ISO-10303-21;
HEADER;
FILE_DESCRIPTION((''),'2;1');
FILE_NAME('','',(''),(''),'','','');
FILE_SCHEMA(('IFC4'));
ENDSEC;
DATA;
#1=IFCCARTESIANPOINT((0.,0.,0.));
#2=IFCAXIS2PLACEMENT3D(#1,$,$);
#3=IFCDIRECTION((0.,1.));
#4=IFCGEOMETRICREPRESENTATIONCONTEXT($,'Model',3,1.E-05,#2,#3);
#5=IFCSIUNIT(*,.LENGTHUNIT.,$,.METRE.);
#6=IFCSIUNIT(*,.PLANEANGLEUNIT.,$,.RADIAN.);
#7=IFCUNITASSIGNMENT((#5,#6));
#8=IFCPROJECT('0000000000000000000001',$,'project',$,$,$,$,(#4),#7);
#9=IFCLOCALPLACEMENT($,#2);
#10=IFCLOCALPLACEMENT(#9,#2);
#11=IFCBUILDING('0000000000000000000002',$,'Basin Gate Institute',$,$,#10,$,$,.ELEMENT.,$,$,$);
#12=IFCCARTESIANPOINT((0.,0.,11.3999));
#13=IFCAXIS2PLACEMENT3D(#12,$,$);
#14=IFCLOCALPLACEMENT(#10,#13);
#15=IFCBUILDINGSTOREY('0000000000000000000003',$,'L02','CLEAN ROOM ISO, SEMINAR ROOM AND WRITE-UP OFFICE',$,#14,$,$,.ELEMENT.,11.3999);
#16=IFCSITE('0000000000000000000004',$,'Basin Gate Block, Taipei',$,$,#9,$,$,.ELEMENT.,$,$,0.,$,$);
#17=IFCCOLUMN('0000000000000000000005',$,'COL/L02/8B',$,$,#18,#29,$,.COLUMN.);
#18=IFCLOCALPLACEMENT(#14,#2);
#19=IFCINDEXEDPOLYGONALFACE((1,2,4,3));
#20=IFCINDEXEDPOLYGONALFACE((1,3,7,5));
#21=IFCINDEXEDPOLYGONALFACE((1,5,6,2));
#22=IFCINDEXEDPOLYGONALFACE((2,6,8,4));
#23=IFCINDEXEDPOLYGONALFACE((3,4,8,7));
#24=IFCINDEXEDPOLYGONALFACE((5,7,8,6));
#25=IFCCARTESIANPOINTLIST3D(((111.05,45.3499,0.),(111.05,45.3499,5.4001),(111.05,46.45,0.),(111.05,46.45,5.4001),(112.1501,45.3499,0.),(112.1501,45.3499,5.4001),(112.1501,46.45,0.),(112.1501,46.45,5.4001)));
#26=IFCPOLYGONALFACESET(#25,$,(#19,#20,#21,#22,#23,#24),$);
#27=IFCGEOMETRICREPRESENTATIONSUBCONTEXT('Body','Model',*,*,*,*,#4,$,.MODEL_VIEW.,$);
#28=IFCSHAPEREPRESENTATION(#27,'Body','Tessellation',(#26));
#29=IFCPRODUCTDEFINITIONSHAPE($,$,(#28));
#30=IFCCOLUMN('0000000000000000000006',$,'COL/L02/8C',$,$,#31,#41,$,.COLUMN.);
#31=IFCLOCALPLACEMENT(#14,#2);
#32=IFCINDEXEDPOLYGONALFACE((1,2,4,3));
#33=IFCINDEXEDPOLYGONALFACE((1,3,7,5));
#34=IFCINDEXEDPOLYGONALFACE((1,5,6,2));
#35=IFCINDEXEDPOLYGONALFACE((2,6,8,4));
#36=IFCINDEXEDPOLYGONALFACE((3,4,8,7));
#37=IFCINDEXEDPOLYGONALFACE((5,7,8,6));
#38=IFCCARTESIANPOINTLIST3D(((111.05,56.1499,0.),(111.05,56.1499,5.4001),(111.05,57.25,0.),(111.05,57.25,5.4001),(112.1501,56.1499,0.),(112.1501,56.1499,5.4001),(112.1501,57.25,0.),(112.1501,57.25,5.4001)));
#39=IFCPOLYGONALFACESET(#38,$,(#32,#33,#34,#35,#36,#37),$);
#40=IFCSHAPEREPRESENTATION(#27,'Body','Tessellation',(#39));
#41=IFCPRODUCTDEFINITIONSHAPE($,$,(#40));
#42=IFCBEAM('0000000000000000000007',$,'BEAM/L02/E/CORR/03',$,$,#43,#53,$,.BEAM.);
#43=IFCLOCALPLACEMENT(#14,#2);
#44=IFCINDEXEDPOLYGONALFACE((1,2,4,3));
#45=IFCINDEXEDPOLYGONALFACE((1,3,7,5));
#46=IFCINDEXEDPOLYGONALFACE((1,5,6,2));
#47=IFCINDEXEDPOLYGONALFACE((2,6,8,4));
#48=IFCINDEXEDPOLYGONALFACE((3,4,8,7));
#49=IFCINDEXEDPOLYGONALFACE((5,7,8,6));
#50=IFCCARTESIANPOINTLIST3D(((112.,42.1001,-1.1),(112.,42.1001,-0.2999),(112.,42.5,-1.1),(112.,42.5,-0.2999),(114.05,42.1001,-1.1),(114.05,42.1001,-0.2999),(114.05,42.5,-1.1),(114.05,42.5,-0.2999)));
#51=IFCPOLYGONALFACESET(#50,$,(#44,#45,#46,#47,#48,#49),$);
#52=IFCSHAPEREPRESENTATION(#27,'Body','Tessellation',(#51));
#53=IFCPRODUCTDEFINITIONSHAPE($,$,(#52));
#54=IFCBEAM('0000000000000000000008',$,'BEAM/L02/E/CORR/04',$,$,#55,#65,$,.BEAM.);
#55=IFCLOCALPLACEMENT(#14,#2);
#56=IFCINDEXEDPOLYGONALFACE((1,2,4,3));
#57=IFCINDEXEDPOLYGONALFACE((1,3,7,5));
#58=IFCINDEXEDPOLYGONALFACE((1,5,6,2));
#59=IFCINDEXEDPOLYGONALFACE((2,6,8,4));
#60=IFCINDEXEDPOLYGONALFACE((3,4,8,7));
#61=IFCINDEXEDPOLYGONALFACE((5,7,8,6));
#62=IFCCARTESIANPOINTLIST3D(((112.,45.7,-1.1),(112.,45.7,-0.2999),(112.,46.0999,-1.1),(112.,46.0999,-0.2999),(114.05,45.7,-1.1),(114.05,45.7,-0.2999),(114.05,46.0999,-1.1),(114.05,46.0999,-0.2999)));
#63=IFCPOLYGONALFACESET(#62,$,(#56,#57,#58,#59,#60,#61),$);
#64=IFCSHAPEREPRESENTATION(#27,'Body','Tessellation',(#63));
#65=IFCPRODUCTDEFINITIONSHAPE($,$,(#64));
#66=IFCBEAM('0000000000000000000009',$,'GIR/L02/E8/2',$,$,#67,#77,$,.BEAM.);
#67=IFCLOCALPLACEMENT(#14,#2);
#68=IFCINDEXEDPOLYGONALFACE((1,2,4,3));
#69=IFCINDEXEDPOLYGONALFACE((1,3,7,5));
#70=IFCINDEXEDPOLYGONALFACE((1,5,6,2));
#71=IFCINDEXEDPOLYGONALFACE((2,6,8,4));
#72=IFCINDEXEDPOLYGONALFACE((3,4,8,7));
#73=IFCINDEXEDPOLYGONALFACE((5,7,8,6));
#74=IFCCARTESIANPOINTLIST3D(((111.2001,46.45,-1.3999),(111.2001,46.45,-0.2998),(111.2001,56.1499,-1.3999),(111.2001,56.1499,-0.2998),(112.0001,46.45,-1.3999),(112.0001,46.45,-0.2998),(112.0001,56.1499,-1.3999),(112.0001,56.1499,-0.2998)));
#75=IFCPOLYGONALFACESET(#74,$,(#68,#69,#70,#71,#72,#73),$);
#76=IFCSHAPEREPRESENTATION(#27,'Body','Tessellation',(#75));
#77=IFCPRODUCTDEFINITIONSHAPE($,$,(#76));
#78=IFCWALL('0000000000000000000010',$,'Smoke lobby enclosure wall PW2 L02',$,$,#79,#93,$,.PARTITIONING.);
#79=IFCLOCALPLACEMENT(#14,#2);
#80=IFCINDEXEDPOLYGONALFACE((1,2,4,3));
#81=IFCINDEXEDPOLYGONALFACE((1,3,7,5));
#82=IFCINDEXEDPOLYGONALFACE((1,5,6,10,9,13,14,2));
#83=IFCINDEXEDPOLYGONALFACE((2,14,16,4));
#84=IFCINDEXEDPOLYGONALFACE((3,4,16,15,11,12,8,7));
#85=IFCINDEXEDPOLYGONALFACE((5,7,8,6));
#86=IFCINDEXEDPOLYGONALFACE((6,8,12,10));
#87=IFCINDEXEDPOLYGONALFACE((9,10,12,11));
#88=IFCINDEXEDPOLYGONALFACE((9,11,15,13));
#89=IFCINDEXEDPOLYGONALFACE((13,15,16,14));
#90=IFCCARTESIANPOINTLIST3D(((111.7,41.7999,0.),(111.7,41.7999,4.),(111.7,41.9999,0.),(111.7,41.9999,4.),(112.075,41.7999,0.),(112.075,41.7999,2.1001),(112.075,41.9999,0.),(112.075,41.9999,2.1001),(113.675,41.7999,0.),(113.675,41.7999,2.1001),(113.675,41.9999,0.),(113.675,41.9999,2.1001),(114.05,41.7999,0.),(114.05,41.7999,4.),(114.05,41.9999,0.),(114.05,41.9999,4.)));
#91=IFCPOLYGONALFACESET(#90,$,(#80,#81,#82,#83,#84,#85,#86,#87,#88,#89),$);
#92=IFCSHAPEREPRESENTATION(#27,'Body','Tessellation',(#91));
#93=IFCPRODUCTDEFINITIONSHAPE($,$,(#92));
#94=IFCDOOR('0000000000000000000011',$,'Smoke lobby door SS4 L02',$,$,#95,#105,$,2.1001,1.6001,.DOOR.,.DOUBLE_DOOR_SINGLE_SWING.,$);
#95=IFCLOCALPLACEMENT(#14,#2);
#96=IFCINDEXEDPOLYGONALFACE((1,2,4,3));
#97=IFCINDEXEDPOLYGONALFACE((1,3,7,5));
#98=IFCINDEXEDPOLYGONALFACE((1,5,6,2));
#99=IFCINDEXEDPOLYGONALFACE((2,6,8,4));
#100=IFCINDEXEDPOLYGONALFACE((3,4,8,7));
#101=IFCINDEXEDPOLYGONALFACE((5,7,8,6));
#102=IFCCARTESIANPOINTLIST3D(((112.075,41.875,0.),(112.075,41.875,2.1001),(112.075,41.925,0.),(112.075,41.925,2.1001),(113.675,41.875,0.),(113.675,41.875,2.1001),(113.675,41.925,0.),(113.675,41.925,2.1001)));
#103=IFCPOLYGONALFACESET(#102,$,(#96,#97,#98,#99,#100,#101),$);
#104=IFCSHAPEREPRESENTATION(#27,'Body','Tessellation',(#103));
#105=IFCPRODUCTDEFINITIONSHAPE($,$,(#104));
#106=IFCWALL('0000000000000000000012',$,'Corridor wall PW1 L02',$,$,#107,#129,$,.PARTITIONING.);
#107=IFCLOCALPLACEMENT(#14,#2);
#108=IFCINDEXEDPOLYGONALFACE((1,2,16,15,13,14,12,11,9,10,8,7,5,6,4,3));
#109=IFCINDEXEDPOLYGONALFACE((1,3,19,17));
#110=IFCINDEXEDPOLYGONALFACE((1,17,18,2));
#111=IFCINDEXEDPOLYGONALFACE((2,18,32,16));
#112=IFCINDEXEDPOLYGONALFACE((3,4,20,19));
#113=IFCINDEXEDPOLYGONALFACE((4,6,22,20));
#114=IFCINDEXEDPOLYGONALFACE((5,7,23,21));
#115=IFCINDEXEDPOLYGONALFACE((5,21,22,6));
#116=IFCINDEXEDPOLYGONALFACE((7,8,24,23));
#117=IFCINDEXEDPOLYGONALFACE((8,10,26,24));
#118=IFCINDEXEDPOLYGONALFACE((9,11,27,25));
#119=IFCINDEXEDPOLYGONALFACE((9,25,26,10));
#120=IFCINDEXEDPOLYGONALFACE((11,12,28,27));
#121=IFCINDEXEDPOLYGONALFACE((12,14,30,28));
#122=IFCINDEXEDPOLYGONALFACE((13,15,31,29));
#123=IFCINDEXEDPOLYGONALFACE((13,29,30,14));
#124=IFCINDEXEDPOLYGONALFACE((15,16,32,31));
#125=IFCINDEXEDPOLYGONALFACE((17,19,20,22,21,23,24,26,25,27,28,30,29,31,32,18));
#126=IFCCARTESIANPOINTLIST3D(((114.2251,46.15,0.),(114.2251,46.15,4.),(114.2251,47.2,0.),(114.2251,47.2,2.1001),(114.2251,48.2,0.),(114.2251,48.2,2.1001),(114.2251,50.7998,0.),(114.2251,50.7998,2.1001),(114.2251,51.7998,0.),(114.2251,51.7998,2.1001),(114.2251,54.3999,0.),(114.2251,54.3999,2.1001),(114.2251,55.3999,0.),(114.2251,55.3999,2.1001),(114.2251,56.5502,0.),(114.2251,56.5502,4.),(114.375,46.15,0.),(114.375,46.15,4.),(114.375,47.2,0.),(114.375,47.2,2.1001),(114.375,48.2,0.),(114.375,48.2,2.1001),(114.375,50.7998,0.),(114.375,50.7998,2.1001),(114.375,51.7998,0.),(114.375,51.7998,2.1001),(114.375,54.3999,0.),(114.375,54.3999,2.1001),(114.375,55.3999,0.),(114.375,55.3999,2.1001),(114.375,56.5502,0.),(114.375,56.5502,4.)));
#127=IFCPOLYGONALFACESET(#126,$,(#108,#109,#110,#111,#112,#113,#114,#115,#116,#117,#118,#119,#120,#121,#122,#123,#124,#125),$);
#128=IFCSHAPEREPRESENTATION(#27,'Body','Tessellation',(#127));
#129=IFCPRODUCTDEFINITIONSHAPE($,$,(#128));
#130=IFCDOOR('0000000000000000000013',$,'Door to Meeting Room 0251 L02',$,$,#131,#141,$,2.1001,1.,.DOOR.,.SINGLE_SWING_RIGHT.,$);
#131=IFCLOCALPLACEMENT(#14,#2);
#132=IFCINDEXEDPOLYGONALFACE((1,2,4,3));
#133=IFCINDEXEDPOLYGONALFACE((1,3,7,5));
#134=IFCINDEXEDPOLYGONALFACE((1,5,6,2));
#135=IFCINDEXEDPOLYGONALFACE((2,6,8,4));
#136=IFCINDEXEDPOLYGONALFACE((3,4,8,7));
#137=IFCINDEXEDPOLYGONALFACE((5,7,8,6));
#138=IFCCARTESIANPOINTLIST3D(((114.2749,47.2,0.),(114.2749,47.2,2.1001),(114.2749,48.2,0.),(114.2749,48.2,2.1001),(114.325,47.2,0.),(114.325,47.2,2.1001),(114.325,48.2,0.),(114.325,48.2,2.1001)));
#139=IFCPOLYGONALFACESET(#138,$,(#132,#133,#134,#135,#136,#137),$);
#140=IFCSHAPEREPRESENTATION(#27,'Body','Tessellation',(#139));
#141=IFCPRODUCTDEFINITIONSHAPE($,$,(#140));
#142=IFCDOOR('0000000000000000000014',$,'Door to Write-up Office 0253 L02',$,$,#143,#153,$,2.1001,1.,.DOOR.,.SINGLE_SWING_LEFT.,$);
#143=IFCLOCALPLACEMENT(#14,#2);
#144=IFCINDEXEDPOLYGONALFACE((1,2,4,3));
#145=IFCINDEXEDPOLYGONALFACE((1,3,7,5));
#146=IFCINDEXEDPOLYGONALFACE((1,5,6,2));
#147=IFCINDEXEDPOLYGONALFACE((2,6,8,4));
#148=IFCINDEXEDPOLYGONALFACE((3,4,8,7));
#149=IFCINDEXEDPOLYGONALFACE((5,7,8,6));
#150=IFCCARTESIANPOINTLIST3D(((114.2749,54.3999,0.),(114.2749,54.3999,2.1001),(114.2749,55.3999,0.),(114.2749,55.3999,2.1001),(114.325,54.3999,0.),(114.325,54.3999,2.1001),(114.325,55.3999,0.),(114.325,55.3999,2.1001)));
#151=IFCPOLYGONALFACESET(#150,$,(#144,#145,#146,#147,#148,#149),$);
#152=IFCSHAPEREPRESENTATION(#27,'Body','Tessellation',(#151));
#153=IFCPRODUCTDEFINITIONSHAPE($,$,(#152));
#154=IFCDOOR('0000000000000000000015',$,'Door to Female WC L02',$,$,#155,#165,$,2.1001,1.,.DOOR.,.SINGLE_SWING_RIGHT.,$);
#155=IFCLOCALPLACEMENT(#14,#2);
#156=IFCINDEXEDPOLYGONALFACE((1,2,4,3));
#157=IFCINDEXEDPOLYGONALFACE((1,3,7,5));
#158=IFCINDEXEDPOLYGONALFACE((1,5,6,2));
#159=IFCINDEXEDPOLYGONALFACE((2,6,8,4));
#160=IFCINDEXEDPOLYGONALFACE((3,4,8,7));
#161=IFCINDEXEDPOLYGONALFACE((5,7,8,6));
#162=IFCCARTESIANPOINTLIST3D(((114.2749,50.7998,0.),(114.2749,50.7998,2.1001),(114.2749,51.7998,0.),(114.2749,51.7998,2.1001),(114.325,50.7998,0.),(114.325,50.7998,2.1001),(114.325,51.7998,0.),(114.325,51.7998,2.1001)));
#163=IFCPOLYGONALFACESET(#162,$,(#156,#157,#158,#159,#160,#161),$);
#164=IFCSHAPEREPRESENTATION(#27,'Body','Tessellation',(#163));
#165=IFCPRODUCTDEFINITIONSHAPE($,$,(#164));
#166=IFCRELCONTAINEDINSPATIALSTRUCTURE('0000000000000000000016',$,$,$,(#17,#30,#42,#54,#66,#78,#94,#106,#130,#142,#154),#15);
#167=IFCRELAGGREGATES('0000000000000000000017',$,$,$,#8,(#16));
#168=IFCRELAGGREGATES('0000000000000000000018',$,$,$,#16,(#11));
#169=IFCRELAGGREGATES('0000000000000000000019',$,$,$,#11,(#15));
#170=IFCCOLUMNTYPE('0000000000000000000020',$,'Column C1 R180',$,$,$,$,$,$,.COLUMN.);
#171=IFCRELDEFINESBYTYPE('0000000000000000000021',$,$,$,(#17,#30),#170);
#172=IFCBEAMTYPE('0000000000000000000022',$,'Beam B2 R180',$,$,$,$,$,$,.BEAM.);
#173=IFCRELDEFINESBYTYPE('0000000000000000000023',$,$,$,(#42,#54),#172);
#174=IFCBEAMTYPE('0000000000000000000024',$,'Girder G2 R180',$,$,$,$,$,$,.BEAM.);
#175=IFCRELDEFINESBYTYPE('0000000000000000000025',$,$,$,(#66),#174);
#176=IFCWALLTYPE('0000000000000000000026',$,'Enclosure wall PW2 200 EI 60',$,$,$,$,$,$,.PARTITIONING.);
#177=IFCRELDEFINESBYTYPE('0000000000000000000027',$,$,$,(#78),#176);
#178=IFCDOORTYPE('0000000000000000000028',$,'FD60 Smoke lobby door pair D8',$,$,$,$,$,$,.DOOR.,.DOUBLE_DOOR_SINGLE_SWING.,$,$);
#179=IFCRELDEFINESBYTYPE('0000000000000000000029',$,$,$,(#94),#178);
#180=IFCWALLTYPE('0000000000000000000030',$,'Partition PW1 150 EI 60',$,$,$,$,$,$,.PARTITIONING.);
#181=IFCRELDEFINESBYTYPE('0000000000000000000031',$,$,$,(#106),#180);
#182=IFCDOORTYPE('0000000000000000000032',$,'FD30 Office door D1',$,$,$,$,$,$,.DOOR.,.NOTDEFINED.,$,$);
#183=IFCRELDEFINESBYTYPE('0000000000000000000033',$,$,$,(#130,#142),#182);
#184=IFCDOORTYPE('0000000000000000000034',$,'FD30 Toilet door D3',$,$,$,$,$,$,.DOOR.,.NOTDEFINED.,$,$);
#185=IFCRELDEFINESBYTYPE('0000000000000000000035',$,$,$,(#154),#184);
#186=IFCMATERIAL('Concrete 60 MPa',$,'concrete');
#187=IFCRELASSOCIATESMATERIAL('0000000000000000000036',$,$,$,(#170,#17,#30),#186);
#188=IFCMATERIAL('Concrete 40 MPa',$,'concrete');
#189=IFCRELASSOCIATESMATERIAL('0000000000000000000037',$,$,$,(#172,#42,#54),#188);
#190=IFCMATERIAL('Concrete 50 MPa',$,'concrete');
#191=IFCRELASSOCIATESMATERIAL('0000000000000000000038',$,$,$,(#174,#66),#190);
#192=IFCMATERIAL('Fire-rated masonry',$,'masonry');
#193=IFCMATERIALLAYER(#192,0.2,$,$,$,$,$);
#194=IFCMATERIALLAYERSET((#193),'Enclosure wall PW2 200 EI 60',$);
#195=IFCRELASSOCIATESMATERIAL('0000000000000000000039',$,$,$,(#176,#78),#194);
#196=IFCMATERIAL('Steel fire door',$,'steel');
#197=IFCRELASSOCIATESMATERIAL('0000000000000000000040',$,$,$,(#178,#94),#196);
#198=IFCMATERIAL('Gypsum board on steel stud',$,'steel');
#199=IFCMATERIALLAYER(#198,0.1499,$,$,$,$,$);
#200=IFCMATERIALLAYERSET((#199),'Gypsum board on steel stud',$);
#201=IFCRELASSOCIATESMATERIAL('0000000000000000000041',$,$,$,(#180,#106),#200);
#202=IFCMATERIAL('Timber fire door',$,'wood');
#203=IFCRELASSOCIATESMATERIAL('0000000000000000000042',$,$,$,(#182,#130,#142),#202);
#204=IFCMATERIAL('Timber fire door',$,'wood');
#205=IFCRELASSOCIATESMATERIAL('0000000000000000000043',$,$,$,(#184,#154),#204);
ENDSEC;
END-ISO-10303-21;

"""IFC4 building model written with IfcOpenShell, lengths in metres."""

from ifc_helpers import new_model, si_unit, direction, frame, frame_2d, origin, origin_2d, place, context, subcontext, project, spatial, rectangle, extrude, material, layer, layer_set, material_profile, profile_set, type_object, element, fill, save


model = new_model("IFC4")

# Units and contexts
model_context = context("Model", 3, precision=1e-05, world=origin(), true_north=direction((0.0, 1.0)))
body_context = subcontext(model_context, "Body", "Model", "MODEL_VIEW")
ifc_project = project(units=[si_unit("LENGTHUNIT", "METRE"), si_unit("PLANEANGLEUNIT", "RADIAN")], contexts=[model_context])

# Site, building, storey
site_placement = place(None, origin())
site = spatial("IfcSite", under=ifc_project, at=site_placement, Name="Basin Gate Block, Taipei", CompositionType="ELEMENT", RefElevation=0.0)
building_placement = place(site_placement, origin())
building = spatial("IfcBuilding", under=site, at=building_placement, Name="Basin Gate Institute", CompositionType="ELEMENT")
storey_placement = place(building_placement, frame((0.0, 0.0, 11.3999)))
storey = spatial("IfcBuildingStorey", under=building, at=storey_placement, Name="L02", Description="CLEAN ROOM ISO, SEMINAR ROOM AND WRITE-UP OFFICE", CompositionType="ELEMENT", Elevation=11.3999)

# Columns
ifc_material_1 = material(Name="Concrete 60 MPa", Category="concrete")
ifc_material_profile_1 = material_profile(ifc_material_1, rectangle(XDim=1.1001, YDim=1.1001, at=origin_2d()), Name="Column C1 1100 x 1100")
ifc_profile_set_1 = profile_set([ifc_material_profile_1], Name="Concrete 60 MPa")
column_type = type_object("IfcColumnType", Name="Column C1 R180", PredefinedType="COLUMN", material=ifc_profile_set_1)
for number, where, z_axis, x_axis, name in (
    (1, (111.6001, 45.8999, 0.0), (0.0, 0.0, 1.0), (1.0, 0.0, 0.0), "COL/L02/8B"),
    (2, (111.6001, 56.7, 0.0), (0.0, 0.0, 1.0), (1.0, 0.0, 0.0), "COL/L02/8C"),
):
    element("IfcColumn", number, at=place(storey_placement, frame(where, z_axis=z_axis, x_axis=x_axis)), inside=storey, type_object=column_type, material=ifc_profile_set_1, Name=name, PredefinedType="COLUMN", context=body_context, shape_type="SweptSolid", body=[
        extrude(rectangle(XDim=1.1001, YDim=1.1001, at=origin_2d()), origin(), (0.0, 0.0, 1.0), 5.4001),
    ])

# Beams
ifc_material_2 = material(Name="Concrete 40 MPa", Category="concrete")
ifc_material_profile_2 = material_profile(ifc_material_2, rectangle(XDim=0.3999, YDim=0.8, at=origin_2d()), Name="Beam B2 400 x 800")
ifc_profile_set_2 = profile_set([ifc_material_profile_2], Name="Concrete 40 MPa")
beam_type_1 = type_object("IfcBeamType", Name="Beam B2 R180", PredefinedType="BEAM", material=ifc_profile_set_2)
for number, where, z_axis, x_axis, name in (
    (3, (114.05, 42.3, -0.7), (-1.0, 0.0, 0.0), (0.0, -1.0, 0.0), "BEAM/L02/E/CORR/03"),
    (4, (114.05, 45.8999, -0.7), (-1.0, 0.0, 0.0), (0.0, -1.0, 0.0), "BEAM/L02/E/CORR/04"),
):
    element("IfcBeam", number, at=place(storey_placement, frame(where, z_axis=z_axis, x_axis=x_axis)), inside=storey, type_object=beam_type_1, material=ifc_profile_set_2, Name=name, PredefinedType="BEAM", context=body_context, shape_type="SweptSolid", body=[
        extrude(rectangle(XDim=0.3999, YDim=0.8, at=origin_2d()), origin(), (0.0, 0.0, 1.0), 2.05),
    ])
ifc_material_3 = material(Name="Concrete 50 MPa", Category="concrete")
ifc_material_profile_3 = material_profile(ifc_material_3, rectangle(XDim=0.8, YDim=1.1001, at=origin_2d()), Name="Girder G2 800 x 1100")
ifc_profile_set_3 = profile_set([ifc_material_profile_3], Name="Concrete 50 MPa")
beam_type_2 = type_object("IfcBeamType", Name="Girder G2 R180", PredefinedType="BEAM", material=ifc_profile_set_3)
beam_placement = place(storey_placement, frame((111.6001, 46.45, -0.8499), z_axis=(0.0, 1.0, 0.0), x_axis=(-1.0, 0.0, 0.0)))
element("IfcBeam", 5, at=beam_placement, inside=storey, type_object=beam_type_2, material=ifc_profile_set_3, Name="GIR/L02/E8/2", PredefinedType="BEAM", context=body_context, shape_type="SweptSolid", body=[
    extrude(rectangle(XDim=0.8, YDim=1.1001, at=origin_2d()), origin(), (0.0, 0.0, 1.0), 9.7),
])

# Wall, opening, door
ifc_material_4 = material(Name="Fire-rated masonry", Category="masonry")
ifc_layer_1 = layer(ifc_material_4, 0.2)
ifc_layer_set_1 = layer_set([ifc_layer_1], Name="Enclosure wall PW2 200 EI 60")
wall_type_1 = type_object("IfcWallType", Name="Enclosure wall PW2 200 EI 60", PredefinedType="PARTITIONING", material=ifc_layer_set_1)
wall_1_placement = place(storey_placement, frame((114.05, 41.8999, 0.0), z_axis=(0.0, 0.0, 1.0), x_axis=(-1.0, 0.0, 0.0)))
wall_1 = element("IfcWall", 6, at=wall_1_placement, inside=storey, type_object=wall_type_1, material=ifc_layer_set_1, Name="Smoke lobby enclosure wall PW2 L02", PredefinedType="PARTITIONING", context=body_context, shape_type="SweptSolid", body=[
    extrude(rectangle(XDim=2.3501, YDim=0.2, at=frame_2d((1.175, 0.0))), origin(), (0.0, 0.0, 1.0), 4.0),
])
opening_1_placement = place(wall_1_placement, frame((0.375, 0.0, 0.0)))
opening_1 = element("IfcOpeningElement", 7, at=opening_1_placement, cuts=wall_1, PredefinedType="OPENING", context=body_context, shape_type="SweptSolid", body=[
    extrude(rectangle(XDim=1.6001, YDim=2.1001, at=frame_2d((0.8, 1.05))), frame((0.0, 0.1099, 0.0), z_axis=(0.0, -1.0, 0.0), x_axis=(1.0, 0.0, 0.0)), (0.0, 0.0, 1.0), 0.22),
])
ifc_material_5 = material(Name="Steel fire door", Category="steel")
door_type_1 = type_object("IfcDoorType", Name="FD60 Smoke lobby door pair D8", OperationType="DOUBLE_DOOR_SINGLE_SWING", PredefinedType="DOOR", material=ifc_material_5)
door_1_placement = place(opening_1_placement, origin())
door_1 = element("IfcDoor", 8, at=door_1_placement, inside=storey, type_object=door_type_1, material=ifc_material_5, Name="Smoke lobby door SS4 L02", OperationType="DOUBLE_DOOR_SINGLE_SWING", OverallHeight=2.1001, OverallWidth=1.6001, PredefinedType="DOOR", context=body_context, shape_type="SweptSolid", body=[
    extrude(rectangle(XDim=1.6001, YDim=2.1001, at=frame_2d((0.8, 1.05))), frame((0.0, 0.0249, 0.0), z_axis=(0.0, -1.0, 0.0), x_axis=(1.0, 0.0, 0.0)), (0.0, 0.0, 1.0), 0.05),
])
fill(opening_1, door_1)

# Wall, openings, doors
ifc_material_6 = material(Name="Gypsum board on steel stud", Category="steel")
ifc_layer_2 = layer(ifc_material_6, 0.1499)
ifc_layer_set_2 = layer_set([ifc_layer_2], Name="Gypsum board on steel stud")
wall_type_2 = type_object("IfcWallType", Name="Partition PW1 150 EI 60", PredefinedType="PARTITIONING", material=ifc_layer_set_2)
wall_2_placement = place(storey_placement, frame((114.3, 46.1499, 0.0), z_axis=(0.0, 0.0, 1.0), x_axis=(0.0, 1.0, 0.0)))
wall_2 = element("IfcWall", 9, at=wall_2_placement, inside=storey, type_object=wall_type_2, material=ifc_layer_set_2, Name="Corridor wall PW1 L02", PredefinedType="PARTITIONING", context=body_context, shape_type="SweptSolid", body=[
    extrude(rectangle(XDim=10.4001, YDim=0.1499, at=frame_2d((5.2002, 0.0))), origin(), (0.0, 0.0, 1.0), 4.0),
])
opening_2_placement = place(wall_2_placement, frame((4.6499, 0.0, 0.0)))
opening_2 = element("IfcOpeningElement", 10, at=opening_2_placement, cuts=wall_2, PredefinedType="OPENING", context=body_context, shape_type="SweptSolid", body=[
    extrude(rectangle(XDim=1.0, YDim=2.1001, at=frame_2d((0.5, 1.05))), frame((0.0, 0.085, 0.0), z_axis=(0.0, -1.0, 0.0), x_axis=(1.0, 0.0, 0.0)), (0.0, 0.0, 1.0), 0.1699),
])
opening_3_placement = place(wall_2_placement, frame((1.05, 0.0, 0.0)))
opening_3 = element("IfcOpeningElement", 11, at=opening_3_placement, cuts=wall_2, PredefinedType="OPENING", context=body_context, shape_type="SweptSolid", body=[
    extrude(rectangle(XDim=1.0, YDim=2.1001, at=frame_2d((0.5, 1.05))), frame((0.0, 0.085, 0.0), z_axis=(0.0, -1.0, 0.0), x_axis=(1.0, 0.0, 0.0)), (0.0, 0.0, 1.0), 0.1699),
])
opening_4_placement = place(wall_2_placement, frame((8.25, 0.0, 0.0)))
opening_4 = element("IfcOpeningElement", 12, at=opening_4_placement, cuts=wall_2, PredefinedType="OPENING", context=body_context, shape_type="SweptSolid", body=[
    extrude(rectangle(XDim=1.0, YDim=2.1001, at=frame_2d((0.5, 1.05))), frame((0.0, 0.085, 0.0), z_axis=(0.0, -1.0, 0.0), x_axis=(1.0, 0.0, 0.0)), (0.0, 0.0, 1.0), 0.1699),
])
ifc_material_7 = material(Name="Timber fire door", Category="wood")
door_type_2 = type_object("IfcDoorType", Name="FD30 Office door D1", OperationType="NOTDEFINED", PredefinedType="DOOR", material=ifc_material_7)
door_2_placement = place(opening_3_placement, frame((1.0, 0.0, 0.0), z_axis=(0.0, 0.0, 1.0), x_axis=(-1.0, 0.0, 0.0)))
door_2 = element("IfcDoor", 13, at=door_2_placement, inside=storey, type_object=door_type_2, material=ifc_material_7, Name="Door to Meeting Room 0251 L02", OperationType="SINGLE_SWING_RIGHT", OverallHeight=2.1001, OverallWidth=1.0, PredefinedType="DOOR", context=body_context, shape_type="SweptSolid", body=[
    extrude(rectangle(XDim=1.0, YDim=2.1001, at=frame_2d((0.5, 1.05))), frame((0.0, 0.0249, 0.0), z_axis=(0.0, -1.0, 0.0), x_axis=(1.0, 0.0, 0.0)), (0.0, 0.0, 1.0), 0.05),
])
fill(opening_3, door_2)
door_3_placement = place(opening_4_placement, frame((1.0, 0.0, 0.0), z_axis=(0.0, 0.0, 1.0), x_axis=(-1.0, 0.0, 0.0)))
door_3 = element("IfcDoor", 14, at=door_3_placement, inside=storey, type_object=door_type_2, material=ifc_material_7, Name="Door to Write-up Office 0253 L02", OperationType="SINGLE_SWING_LEFT", OverallHeight=2.1001, OverallWidth=1.0, PredefinedType="DOOR", context=body_context, shape_type="SweptSolid", body=[
    extrude(rectangle(XDim=1.0, YDim=2.1001, at=frame_2d((0.5, 1.05))), frame((0.0, 0.0249, 0.0), z_axis=(0.0, -1.0, 0.0), x_axis=(1.0, 0.0, 0.0)), (0.0, 0.0, 1.0), 0.05),
])
fill(opening_4, door_3)
ifc_material_8 = material(Name="Timber fire door", Category="wood")
door_type_3 = type_object("IfcDoorType", Name="FD30 Toilet door D3", OperationType="NOTDEFINED", PredefinedType="DOOR", material=ifc_material_8)
door_4_placement = place(opening_2_placement, frame((1.0, 0.0, 0.0), z_axis=(0.0, 0.0, 1.0), x_axis=(-1.0, 0.0, 0.0)))
door_4 = element("IfcDoor", 15, at=door_4_placement, inside=storey, type_object=door_type_3, material=ifc_material_8, Name="Door to Female WC L02", OperationType="SINGLE_SWING_RIGHT", OverallHeight=2.1001, OverallWidth=1.0, PredefinedType="DOOR", context=body_context, shape_type="SweptSolid", body=[
    extrude(rectangle(XDim=1.0, YDim=2.1001, at=frame_2d((0.5, 1.05))), frame((0.0, 0.0249, 0.0), z_axis=(0.0, -1.0, 0.0), x_axis=(1.0, 0.0, 0.0)), (0.0, 0.0, 1.0), 0.05),
])
fill(opening_2, door_4)

save(model, "model.ifc")
